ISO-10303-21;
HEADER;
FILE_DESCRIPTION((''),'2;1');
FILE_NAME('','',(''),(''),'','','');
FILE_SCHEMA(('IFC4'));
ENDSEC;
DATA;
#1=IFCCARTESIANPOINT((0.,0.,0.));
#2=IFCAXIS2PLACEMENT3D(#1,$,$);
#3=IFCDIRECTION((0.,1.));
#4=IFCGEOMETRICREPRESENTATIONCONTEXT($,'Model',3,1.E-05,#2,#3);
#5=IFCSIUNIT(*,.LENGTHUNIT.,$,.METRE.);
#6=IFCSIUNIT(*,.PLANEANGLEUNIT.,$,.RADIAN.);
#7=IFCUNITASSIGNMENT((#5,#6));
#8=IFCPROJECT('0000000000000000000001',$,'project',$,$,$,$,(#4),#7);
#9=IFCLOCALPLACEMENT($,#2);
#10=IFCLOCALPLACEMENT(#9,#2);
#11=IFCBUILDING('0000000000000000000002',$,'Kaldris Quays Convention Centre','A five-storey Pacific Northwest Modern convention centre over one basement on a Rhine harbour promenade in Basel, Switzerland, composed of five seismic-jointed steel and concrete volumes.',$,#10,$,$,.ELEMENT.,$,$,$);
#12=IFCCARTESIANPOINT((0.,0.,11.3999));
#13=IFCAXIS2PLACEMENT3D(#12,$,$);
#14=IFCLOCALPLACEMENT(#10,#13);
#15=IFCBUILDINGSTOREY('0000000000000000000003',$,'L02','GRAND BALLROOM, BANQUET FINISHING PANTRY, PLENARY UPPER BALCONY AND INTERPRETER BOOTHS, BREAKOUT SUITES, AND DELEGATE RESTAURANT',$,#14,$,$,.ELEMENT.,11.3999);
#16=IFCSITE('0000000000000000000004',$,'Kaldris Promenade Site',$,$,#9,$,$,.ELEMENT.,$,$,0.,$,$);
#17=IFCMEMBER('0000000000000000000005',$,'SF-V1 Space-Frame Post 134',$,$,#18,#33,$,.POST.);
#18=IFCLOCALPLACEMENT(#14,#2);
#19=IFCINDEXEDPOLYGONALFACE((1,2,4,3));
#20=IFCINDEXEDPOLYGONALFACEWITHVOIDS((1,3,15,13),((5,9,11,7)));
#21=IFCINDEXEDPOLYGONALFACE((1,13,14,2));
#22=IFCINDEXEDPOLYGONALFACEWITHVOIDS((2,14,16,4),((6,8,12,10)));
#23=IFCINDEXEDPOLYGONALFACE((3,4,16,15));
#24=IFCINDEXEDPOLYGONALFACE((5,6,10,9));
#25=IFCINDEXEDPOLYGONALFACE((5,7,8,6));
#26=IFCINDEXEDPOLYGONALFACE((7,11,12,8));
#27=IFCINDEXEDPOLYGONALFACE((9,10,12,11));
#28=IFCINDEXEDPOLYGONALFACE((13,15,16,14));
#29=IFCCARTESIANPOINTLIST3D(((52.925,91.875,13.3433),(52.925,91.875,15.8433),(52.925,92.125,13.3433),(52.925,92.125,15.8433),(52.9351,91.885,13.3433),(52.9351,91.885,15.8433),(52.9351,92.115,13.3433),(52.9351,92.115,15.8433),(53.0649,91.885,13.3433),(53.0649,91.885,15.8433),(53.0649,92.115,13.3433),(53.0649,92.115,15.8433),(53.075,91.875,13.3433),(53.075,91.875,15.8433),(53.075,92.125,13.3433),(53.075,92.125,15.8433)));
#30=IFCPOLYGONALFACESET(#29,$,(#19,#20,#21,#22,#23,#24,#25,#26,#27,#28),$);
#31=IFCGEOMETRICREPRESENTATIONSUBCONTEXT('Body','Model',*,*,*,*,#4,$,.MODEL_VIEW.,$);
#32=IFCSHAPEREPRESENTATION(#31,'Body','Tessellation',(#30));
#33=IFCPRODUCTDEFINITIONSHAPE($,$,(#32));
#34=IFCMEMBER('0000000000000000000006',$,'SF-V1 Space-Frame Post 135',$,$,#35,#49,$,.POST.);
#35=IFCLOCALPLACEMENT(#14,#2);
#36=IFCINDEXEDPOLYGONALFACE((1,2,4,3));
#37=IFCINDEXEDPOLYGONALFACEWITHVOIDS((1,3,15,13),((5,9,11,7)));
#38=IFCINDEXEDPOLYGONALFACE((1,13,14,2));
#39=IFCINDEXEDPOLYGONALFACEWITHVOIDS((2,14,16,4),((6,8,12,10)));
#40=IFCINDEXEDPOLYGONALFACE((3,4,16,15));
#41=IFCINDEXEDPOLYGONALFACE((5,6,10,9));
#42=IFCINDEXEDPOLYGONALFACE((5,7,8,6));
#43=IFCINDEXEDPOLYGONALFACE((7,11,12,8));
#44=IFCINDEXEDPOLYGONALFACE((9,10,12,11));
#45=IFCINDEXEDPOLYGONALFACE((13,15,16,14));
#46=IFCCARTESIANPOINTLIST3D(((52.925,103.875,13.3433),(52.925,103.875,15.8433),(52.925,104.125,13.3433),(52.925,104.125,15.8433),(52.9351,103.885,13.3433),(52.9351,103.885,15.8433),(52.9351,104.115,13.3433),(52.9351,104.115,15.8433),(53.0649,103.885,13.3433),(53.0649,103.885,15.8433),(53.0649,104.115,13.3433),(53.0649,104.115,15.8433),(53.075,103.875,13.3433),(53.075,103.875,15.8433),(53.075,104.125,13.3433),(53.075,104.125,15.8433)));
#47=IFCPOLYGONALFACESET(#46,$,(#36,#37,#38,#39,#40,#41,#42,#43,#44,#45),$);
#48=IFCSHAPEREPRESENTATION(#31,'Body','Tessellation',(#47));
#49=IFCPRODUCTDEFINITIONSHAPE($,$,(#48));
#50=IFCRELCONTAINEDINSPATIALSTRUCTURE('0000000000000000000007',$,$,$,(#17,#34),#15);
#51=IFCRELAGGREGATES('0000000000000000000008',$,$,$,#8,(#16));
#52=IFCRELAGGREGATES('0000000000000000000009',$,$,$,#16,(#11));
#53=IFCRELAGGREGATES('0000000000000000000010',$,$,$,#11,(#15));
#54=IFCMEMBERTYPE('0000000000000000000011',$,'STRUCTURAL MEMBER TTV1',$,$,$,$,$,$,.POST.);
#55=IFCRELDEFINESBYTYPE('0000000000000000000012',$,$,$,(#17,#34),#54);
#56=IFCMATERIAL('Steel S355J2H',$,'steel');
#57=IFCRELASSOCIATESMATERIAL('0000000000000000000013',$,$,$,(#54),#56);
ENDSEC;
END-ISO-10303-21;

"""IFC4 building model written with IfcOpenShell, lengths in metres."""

from ifc_helpers import new_model, si_unit, direction, frame, origin, origin_2d, place, context, subcontext, project, spatial, hollow_rectangle, extrude, material, material_profile, profile_set, type_object, element, save


model = new_model("IFC4")

# Units and contexts
model_context = context("Model", 3, precision=1e-05, world=origin(), true_north=direction((0.0, 1.0)))
body_context = subcontext(model_context, "Body", "Model", "MODEL_VIEW")
ifc_project = project(units=[si_unit("LENGTHUNIT", "METRE"), si_unit("PLANEANGLEUNIT", "RADIAN")], contexts=[model_context])

# Site, building, storey
site_placement = place(None, origin())
site = spatial("IfcSite", under=ifc_project, at=site_placement, Name="Kaldris Promenade Site", CompositionType="ELEMENT", RefElevation=0.0)
building_placement = place(site_placement, origin())
building = spatial("IfcBuilding", under=site, at=building_placement, Name="Kaldris Quays Convention Centre", Description="A five-storey Pacific Northwest Modern convention centre over one basement on a Rhine harbour promenade in Basel, Switzerland, composed of five seismic-jointed steel and concrete volumes.", CompositionType="ELEMENT")
storey_placement = place(building_placement, frame((0.0, 0.0, 11.3999)))
storey = spatial("IfcBuildingStorey", under=building, at=storey_placement, Name="L02", Description="GRAND BALLROOM, BANQUET FINISHING PANTRY, PLENARY UPPER BALCONY AND INTERPRETER BOOTHS, BREAKOUT SUITES, AND DELEGATE RESTAURANT", CompositionType="ELEMENT", Elevation=11.3999)

# Members
ifc_material = material(Name="Steel S355J2H", Category="steel")
ifc_material_profile_1 = material_profile(ifc_material, hollow_rectangle(XDim=0.1499, YDim=0.25, WallThickness=0.01, at=origin_2d()), Name="RHS 250x150x10")
ifc_profile_set_1 = profile_set([ifc_material_profile_1], Name="Steel S355J2H")
member_type_1 = type_object("IfcMemberType", Name="STRUCTURAL MEMBER TTV1", PredefinedType="POST", material=ifc_profile_set_1)
for number, where, z_axis, x_axis, name in (
    (1, (53.0, 92.0, 13.3433), (0.0, 0.0, 1.0), (1.0, 0.0, 0.0), "SF-V1 Space-Frame Post 134"),
    (2, (53.0, 104.0, 13.3433), (0.0, 0.0, 1.0), (1.0, 0.0, 0.0), "SF-V1 Space-Frame Post 135"),
):
    element("IfcMember", number, at=place(storey_placement, frame(where, z_axis=z_axis, x_axis=x_axis)), inside=storey, type_object=member_type_1, Name=name, PredefinedType="POST", context=body_context, shape_type="SweptSolid", body=[
        extrude(hollow_rectangle(XDim=0.1499, YDim=0.25, WallThickness=0.01, at=origin_2d()), origin(), (0.0, 0.0, 1.0), 2.5),
    ])

save(model, "model.ifc")
